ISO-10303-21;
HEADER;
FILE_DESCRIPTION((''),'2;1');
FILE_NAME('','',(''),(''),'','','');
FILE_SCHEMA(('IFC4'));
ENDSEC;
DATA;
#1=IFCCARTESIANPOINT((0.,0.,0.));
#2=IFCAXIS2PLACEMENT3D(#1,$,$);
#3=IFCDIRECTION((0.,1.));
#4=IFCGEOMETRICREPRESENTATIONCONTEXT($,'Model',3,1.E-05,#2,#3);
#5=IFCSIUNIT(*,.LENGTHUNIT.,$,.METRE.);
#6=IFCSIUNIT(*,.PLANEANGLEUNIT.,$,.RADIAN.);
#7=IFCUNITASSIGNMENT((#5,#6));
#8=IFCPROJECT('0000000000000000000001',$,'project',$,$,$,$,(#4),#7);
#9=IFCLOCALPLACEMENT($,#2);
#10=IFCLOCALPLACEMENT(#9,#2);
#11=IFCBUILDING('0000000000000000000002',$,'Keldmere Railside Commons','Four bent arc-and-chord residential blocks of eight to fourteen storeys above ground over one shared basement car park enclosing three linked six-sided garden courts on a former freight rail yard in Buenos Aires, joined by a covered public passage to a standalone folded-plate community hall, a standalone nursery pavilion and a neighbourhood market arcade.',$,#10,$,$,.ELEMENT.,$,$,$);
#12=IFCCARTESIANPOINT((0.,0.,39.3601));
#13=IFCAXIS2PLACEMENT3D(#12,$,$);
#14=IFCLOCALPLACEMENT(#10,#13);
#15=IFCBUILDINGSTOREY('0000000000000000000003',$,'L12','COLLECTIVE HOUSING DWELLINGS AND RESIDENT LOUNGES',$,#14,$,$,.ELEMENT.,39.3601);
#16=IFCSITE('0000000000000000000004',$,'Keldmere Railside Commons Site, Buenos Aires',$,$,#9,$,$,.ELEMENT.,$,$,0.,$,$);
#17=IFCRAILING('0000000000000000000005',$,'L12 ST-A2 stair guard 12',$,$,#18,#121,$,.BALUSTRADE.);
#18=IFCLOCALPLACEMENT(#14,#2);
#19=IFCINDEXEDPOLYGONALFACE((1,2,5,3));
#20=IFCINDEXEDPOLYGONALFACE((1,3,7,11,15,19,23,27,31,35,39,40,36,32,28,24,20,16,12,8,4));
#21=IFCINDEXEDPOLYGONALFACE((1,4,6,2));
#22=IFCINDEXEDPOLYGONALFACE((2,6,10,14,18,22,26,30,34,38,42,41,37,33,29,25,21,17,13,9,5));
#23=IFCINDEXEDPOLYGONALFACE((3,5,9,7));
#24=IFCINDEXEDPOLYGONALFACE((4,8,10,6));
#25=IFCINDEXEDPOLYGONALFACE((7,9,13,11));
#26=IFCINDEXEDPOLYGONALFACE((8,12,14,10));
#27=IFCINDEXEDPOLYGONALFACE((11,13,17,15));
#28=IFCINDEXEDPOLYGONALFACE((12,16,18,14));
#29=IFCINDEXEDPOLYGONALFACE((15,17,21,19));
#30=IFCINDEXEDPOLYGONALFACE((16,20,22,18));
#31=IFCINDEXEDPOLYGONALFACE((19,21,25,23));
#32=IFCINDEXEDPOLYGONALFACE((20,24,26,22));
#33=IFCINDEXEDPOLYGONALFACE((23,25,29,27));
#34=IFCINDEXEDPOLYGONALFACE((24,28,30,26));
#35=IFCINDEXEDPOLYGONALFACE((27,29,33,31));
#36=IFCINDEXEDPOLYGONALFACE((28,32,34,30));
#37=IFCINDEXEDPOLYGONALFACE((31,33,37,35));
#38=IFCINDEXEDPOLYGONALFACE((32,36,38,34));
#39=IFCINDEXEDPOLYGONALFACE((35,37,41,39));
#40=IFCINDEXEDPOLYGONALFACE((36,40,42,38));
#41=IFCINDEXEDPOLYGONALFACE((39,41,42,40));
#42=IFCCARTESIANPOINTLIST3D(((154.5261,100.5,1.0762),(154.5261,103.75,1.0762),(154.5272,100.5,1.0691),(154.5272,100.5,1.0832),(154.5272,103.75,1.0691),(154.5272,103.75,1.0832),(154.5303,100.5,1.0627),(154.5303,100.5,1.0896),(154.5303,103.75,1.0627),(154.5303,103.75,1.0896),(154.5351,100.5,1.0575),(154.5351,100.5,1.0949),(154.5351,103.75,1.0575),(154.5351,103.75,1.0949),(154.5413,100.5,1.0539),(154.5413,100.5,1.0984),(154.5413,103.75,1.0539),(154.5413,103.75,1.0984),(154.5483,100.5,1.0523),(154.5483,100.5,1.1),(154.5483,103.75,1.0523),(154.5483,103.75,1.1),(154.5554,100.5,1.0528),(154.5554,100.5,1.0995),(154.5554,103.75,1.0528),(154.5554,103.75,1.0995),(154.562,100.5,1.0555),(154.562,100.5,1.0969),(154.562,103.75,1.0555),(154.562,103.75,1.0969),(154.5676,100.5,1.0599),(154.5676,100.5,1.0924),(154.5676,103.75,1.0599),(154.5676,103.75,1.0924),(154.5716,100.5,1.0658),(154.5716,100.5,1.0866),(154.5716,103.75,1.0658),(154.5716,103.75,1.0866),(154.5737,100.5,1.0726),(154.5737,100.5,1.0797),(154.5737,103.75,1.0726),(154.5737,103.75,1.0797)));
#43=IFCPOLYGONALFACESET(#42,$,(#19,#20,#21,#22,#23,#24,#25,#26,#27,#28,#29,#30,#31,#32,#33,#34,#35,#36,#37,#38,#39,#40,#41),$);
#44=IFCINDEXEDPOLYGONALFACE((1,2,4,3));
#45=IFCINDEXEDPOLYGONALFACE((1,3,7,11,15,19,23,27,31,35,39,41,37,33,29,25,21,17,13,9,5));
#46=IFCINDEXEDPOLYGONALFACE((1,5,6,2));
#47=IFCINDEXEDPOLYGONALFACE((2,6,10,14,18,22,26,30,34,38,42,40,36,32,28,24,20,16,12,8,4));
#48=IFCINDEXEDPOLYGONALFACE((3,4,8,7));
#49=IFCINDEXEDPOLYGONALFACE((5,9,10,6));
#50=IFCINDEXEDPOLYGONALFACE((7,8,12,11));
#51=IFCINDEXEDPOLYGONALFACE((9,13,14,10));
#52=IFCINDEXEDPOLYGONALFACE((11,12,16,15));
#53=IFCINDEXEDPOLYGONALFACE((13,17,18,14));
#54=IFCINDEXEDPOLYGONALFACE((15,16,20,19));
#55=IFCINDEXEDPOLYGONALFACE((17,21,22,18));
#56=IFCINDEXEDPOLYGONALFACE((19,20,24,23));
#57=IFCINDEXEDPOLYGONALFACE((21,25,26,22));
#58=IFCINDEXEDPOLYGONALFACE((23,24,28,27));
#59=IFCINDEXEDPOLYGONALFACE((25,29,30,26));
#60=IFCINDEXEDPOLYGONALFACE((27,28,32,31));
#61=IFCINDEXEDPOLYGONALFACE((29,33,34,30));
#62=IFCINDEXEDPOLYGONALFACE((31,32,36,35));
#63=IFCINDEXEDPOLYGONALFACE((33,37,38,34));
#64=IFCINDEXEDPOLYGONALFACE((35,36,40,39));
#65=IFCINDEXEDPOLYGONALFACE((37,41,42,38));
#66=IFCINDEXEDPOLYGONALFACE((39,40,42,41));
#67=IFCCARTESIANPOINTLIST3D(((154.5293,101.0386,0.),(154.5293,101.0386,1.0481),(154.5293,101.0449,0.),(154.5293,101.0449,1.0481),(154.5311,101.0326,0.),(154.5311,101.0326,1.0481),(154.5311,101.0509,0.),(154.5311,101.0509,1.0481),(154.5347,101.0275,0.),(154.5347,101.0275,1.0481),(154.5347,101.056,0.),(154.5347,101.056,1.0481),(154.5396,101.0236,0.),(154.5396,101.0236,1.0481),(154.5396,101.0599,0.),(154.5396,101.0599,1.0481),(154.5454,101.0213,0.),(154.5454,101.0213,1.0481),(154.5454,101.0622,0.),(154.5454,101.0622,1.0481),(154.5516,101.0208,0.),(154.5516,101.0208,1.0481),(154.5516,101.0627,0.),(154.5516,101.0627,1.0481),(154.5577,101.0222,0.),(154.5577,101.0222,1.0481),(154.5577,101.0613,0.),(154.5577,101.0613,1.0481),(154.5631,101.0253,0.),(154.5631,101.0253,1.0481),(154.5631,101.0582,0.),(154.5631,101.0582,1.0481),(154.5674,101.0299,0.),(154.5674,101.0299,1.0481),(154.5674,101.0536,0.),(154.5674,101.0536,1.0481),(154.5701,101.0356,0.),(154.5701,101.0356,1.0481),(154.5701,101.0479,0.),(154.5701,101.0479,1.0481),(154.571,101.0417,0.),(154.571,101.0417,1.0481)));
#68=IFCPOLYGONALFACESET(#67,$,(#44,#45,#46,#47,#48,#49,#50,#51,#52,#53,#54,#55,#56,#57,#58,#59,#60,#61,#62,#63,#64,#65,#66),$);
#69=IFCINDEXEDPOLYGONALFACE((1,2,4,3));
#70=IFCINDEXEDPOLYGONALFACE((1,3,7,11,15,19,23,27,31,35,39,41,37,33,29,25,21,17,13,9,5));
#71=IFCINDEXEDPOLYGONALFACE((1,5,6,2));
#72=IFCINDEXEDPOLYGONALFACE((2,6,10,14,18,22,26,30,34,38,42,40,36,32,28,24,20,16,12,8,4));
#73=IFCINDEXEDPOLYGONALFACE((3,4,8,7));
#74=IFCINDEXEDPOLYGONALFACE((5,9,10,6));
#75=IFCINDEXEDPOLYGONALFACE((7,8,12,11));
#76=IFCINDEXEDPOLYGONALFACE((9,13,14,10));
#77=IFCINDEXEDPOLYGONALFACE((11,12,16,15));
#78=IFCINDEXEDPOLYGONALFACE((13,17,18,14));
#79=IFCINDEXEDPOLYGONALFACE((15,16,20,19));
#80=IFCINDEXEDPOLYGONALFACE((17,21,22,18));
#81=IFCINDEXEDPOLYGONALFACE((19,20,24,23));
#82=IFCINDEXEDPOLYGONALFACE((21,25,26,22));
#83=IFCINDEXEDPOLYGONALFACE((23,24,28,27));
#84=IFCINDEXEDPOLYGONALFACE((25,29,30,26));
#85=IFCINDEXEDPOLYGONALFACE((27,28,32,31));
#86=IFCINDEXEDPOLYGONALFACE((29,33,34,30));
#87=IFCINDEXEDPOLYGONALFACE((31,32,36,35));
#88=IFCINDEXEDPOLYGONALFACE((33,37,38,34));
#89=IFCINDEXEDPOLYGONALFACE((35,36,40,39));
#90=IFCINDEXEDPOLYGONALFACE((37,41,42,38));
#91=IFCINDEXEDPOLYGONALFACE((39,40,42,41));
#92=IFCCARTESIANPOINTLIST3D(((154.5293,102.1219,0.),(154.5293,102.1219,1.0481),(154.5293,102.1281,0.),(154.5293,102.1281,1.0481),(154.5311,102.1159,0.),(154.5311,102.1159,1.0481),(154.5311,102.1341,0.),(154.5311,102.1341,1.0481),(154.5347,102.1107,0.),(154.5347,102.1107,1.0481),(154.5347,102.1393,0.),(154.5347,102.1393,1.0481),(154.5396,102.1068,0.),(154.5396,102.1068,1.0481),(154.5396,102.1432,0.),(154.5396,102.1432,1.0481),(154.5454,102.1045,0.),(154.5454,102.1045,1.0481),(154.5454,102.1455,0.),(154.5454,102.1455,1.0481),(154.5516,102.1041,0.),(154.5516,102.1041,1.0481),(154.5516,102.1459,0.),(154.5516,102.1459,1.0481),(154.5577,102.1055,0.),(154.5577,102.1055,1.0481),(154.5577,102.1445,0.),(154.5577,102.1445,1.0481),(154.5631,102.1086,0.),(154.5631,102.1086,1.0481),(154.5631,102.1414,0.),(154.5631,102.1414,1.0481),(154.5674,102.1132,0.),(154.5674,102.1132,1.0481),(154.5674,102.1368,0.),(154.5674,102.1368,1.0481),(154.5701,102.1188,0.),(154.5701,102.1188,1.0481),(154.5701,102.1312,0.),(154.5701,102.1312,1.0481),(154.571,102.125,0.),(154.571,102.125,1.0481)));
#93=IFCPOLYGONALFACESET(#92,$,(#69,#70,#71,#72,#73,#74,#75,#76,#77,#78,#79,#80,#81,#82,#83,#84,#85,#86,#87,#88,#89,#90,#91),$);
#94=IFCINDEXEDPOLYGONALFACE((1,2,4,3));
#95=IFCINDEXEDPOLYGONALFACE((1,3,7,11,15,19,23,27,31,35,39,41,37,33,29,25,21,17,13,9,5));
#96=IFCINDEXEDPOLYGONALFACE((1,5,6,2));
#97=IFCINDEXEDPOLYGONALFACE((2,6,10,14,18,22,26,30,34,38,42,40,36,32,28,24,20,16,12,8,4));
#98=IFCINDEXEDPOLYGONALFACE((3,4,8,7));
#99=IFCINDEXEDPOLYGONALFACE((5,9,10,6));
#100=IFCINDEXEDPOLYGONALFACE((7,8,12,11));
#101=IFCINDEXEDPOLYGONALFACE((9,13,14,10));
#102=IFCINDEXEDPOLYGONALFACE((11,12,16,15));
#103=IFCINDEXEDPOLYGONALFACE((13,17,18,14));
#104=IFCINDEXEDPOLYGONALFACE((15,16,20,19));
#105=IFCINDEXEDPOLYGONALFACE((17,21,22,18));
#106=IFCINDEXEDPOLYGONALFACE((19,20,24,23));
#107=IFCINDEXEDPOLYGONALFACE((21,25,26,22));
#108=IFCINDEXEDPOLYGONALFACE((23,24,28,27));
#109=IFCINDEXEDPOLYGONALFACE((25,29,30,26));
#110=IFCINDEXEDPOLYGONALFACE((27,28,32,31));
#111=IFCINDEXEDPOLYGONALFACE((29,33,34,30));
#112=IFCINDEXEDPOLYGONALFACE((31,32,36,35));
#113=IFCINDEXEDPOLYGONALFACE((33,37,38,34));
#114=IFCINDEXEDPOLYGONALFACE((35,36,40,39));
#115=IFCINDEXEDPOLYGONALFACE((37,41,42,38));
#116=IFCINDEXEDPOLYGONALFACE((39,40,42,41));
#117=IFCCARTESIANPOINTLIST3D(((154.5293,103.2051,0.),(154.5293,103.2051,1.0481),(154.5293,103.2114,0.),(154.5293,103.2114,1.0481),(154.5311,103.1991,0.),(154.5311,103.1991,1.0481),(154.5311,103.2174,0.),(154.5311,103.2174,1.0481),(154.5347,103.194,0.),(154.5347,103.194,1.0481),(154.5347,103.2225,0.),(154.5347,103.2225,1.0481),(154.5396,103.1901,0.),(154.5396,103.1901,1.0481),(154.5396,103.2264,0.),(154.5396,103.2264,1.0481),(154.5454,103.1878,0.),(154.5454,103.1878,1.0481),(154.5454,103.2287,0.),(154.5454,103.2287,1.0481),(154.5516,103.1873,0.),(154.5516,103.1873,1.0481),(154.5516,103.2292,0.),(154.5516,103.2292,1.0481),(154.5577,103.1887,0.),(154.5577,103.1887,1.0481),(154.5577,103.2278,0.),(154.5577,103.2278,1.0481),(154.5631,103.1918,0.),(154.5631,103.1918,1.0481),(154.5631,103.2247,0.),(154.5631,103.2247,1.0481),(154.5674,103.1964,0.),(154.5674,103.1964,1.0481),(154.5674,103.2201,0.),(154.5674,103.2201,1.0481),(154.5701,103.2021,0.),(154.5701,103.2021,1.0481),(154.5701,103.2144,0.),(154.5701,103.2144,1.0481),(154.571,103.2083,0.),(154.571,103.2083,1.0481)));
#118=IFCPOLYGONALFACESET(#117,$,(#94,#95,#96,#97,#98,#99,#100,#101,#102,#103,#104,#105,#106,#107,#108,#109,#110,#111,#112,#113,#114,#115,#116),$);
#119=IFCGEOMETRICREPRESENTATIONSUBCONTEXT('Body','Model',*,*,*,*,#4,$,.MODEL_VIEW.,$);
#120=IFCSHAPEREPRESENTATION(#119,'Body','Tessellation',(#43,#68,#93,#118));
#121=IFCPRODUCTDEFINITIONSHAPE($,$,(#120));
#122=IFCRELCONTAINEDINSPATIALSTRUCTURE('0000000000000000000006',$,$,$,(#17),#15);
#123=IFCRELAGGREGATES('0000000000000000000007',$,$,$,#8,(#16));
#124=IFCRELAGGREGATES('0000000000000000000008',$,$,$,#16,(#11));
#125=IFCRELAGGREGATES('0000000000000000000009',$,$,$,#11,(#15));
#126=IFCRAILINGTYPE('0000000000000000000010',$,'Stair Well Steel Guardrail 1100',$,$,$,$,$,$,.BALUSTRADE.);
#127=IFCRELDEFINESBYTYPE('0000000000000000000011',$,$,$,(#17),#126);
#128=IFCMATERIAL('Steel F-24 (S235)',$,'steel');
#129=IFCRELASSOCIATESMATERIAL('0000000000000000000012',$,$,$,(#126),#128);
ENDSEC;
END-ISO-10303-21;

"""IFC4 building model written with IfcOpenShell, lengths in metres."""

from ifc_helpers import new_model, si_unit, direction, frame, origin, origin_2d, place, context, subcontext, project, spatial, circle, extrude, material, type_object, element, save


model = new_model("IFC4")

# Units and contexts
model_context = context("Model", 3, precision=1e-05, world=origin(), true_north=direction((0.0, 1.0)))
body_context = subcontext(model_context, "Body", "Model", "MODEL_VIEW")
ifc_project = project(units=[si_unit("LENGTHUNIT", "METRE"), si_unit("PLANEANGLEUNIT", "RADIAN")], contexts=[model_context])

# Site, building, storey
site_placement = place(None, origin())
site = spatial("IfcSite", under=ifc_project, at=site_placement, Name="Keldmere Railside Commons Site, Buenos Aires", CompositionType="ELEMENT", RefElevation=0.0)
building_placement = place(site_placement, origin())
building = spatial("IfcBuilding", under=site, at=building_placement, Name="Keldmere Railside Commons", Description="Four bent arc-and-chord residential blocks of eight to fourteen storeys above ground over one shared basement car park enclosing three linked six-sided garden courts on a former freight rail yard in Buenos Aires, joined by a covered public passage to a standalone folded-plate community hall, a standalone nursery pavilion and a neighbourhood market arcade.", CompositionType="ELEMENT")
storey_placement = place(building_placement, frame((0.0, 0.0, 39.3601)))
storey = spatial("IfcBuildingStorey", under=building, at=storey_placement, Name="L12", Description="COLLECTIVE HOUSING DWELLINGS AND RESIDENT LOUNGES", CompositionType="ELEMENT", Elevation=39.3601)

# Railing
ifc_material_1 = material(Name="Steel F-24 (S235)", Category="steel")
railing_type_1 = type_object("IfcRailingType", Name="Stair Well Steel Guardrail 1100", PredefinedType="BALUSTRADE", material=ifc_material_1)
railing_1_placement = place(storey_placement, frame((154.55, 100.5, 0.0)))
element("IfcRailing", 1, at=railing_1_placement, inside=storey, type_object=railing_type_1, Name="L12 ST-A2 stair guard 12", PredefinedType="BALUSTRADE", context=body_context, shape_type="SweptSolid", body=[
    extrude(circle(Radius=0.0239, at=origin_2d()), frame((0.0, 0.0, 1.0762), z_axis=(0.0, 1.0, 0.0), x_axis=(-1.0, 0.0, 0.0)), (0.0, 0.0, 1.0), 3.25),
    extrude(circle(Radius=0.021, at=origin_2d()), frame((0.0, 0.5417, 0.0)), (0.0, 0.0, 1.0), 1.0481),
    extrude(circle(Radius=0.021, at=origin_2d()), frame((0.0, 1.625, 0.0)), (0.0, 0.0, 1.0), 1.0481),
    extrude(circle(Radius=0.021, at=origin_2d()), frame((0.0, 2.7083, 0.0)), (0.0, 0.0, 1.0), 1.0481),
])

save(model, "model.ifc")
